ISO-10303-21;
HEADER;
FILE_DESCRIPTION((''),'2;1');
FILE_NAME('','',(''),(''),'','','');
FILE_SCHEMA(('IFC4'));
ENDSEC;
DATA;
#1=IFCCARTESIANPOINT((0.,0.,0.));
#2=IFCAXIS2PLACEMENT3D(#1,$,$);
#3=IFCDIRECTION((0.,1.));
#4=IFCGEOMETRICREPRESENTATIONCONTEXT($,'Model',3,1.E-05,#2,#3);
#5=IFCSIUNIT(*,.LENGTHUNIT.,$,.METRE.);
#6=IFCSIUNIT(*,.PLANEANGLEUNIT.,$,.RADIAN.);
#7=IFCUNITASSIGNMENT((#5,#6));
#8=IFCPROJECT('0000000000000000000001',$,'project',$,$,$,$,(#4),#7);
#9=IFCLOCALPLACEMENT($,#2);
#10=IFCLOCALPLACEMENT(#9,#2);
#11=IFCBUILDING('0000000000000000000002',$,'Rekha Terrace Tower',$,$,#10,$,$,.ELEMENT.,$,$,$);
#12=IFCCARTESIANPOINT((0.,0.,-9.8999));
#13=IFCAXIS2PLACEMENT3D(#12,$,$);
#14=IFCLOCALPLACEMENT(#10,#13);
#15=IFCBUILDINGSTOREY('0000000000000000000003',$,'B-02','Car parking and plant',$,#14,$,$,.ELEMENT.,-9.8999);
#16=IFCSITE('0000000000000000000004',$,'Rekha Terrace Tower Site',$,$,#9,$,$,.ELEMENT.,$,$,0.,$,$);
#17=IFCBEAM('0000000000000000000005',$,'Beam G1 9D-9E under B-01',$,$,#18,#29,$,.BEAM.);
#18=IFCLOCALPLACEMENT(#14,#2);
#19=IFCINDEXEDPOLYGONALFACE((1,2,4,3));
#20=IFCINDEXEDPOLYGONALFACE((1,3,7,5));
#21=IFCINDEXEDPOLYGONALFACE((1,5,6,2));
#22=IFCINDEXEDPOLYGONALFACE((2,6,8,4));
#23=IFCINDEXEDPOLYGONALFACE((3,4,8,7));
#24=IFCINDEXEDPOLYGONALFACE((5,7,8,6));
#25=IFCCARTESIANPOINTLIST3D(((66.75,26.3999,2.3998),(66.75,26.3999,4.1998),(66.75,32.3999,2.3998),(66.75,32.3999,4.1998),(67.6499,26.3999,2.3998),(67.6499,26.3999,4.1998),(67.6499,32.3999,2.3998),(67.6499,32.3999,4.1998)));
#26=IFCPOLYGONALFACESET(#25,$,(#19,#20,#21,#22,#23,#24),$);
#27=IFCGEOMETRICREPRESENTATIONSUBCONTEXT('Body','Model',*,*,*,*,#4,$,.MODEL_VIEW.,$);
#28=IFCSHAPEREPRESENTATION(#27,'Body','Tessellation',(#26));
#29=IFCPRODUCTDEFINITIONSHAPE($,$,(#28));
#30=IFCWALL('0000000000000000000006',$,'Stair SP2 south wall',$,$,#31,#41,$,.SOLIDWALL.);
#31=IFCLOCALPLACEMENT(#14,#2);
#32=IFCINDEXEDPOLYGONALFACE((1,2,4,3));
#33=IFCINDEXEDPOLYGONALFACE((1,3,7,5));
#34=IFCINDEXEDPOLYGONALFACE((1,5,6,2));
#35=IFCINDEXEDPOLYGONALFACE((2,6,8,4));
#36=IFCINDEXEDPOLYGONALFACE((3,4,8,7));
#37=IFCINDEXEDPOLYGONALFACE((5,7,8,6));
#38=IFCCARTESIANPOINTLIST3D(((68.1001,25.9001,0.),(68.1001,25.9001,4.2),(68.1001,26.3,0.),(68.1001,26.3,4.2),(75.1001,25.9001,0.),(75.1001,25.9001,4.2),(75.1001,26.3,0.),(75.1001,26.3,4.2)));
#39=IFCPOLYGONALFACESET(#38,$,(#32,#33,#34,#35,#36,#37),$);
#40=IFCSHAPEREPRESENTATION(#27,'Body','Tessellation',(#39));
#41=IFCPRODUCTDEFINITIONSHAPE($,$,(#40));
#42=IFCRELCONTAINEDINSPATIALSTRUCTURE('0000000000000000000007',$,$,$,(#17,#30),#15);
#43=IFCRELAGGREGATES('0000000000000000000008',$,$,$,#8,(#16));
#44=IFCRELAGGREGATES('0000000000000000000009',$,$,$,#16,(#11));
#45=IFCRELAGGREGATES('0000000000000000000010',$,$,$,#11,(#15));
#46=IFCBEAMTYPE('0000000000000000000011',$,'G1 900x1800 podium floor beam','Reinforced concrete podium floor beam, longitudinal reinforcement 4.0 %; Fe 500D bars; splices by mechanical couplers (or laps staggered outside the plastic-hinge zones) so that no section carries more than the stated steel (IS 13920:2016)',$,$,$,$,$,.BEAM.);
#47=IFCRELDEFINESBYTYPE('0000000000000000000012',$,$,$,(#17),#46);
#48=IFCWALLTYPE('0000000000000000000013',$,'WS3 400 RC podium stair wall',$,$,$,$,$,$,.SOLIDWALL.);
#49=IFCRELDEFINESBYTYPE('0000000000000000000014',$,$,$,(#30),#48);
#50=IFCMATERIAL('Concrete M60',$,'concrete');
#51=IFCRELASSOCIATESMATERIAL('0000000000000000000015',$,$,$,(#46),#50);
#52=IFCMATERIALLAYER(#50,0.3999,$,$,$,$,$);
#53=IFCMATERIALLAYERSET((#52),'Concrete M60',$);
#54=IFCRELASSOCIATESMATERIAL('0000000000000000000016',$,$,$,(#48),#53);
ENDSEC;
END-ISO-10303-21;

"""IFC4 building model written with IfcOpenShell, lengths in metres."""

from ifc_helpers import new_model, si_unit, direction, frame, frame_2d, origin, origin_2d, place, context, subcontext, project, spatial, rectangle, extrude, material, layer, layer_set, material_profile, profile_set, type_object, element, save


model = new_model("IFC4")

# Units and contexts
model_context = context("Model", 3, precision=1e-05, world=origin(), true_north=direction((0.0, 1.0)))
body_context = subcontext(model_context, "Body", "Model", "MODEL_VIEW")
ifc_project = project(units=[si_unit("LENGTHUNIT", "METRE"), si_unit("PLANEANGLEUNIT", "RADIAN")], contexts=[model_context])

# Site, building, storey
site_placement = place(None, origin())
site = spatial("IfcSite", under=ifc_project, at=site_placement, Name="Rekha Terrace Tower Site", CompositionType="ELEMENT", RefElevation=0.0)
building_placement = place(site_placement, origin())
building = spatial("IfcBuilding", under=site, at=building_placement, Name="Rekha Terrace Tower", CompositionType="ELEMENT")
storey_placement = place(building_placement, frame((0.0, 0.0, -9.8999)))
storey = spatial("IfcBuildingStorey", under=building, at=storey_placement, Name="B-02", Description="Car parking and plant", CompositionType="ELEMENT", Elevation=-9.8999)

# Beam
ifc_material_1 = material(Name="Concrete M60", Category="concrete")
ifc_material_profile_1 = material_profile(ifc_material_1, rectangle(XDim=0.8999, YDim=1.8, at=origin_2d()), Name="RC 900x1800")
ifc_profile_set_1 = profile_set([ifc_material_profile_1], Name="Concrete M60")
beam_type = type_object("IfcBeamType", Name="G1 900x1800 podium floor beam", Description="Reinforced concrete podium floor beam, longitudinal reinforcement 4.0 %; Fe 500D bars; splices by mechanical couplers (or laps staggered outside the plastic-hinge zones) so that no section carries more than the stated steel (IS 13920:2016)", PredefinedType="BEAM", material=ifc_profile_set_1)
for number, where, z_axis, x_axis, name in (
    (1, (67.2, 26.3999, 3.2998), (0.0, 1.0, 0.0), (-1.0, 0.0, 0.0), "Beam G1 9D-9E under B-01"),
):
    element("IfcBeam", number, at=place(storey_placement, frame(where, z_axis=z_axis, x_axis=x_axis)), inside=storey, type_object=beam_type, Name=name, PredefinedType="BEAM", context=body_context, shape_type="SweptSolid", body=[
        extrude(rectangle(XDim=0.8999, YDim=1.8, at=origin_2d()), origin(), (0.0, 0.0, 1.0), 6.0),
    ])

# Wall
ifc_layer = layer(ifc_material_1, 0.3999)
ifc_layer_set = layer_set([ifc_layer], Name="Concrete M60")
wall_type = type_object("IfcWallType", Name="WS3 400 RC podium stair wall", PredefinedType="SOLIDWALL", material=ifc_layer_set)
wall_placement = place(storey_placement, frame((68.1001, 26.1001, 0.0), z_axis=(0.0, 0.0, 1.0), x_axis=(1.0, 0.0, 0.0)))
element("IfcWall", 2, at=wall_placement, inside=storey, type_object=wall_type, Name="Stair SP2 south wall", PredefinedType="SOLIDWALL", context=body_context, shape_type="SweptSolid", body=[
    extrude(rectangle(XDim=7.0, YDim=0.3999, at=frame_2d((3.5, 0.0))), origin(), (0.0, 0.0, 1.0), 4.2),
])

save(model, "model.ifc")
